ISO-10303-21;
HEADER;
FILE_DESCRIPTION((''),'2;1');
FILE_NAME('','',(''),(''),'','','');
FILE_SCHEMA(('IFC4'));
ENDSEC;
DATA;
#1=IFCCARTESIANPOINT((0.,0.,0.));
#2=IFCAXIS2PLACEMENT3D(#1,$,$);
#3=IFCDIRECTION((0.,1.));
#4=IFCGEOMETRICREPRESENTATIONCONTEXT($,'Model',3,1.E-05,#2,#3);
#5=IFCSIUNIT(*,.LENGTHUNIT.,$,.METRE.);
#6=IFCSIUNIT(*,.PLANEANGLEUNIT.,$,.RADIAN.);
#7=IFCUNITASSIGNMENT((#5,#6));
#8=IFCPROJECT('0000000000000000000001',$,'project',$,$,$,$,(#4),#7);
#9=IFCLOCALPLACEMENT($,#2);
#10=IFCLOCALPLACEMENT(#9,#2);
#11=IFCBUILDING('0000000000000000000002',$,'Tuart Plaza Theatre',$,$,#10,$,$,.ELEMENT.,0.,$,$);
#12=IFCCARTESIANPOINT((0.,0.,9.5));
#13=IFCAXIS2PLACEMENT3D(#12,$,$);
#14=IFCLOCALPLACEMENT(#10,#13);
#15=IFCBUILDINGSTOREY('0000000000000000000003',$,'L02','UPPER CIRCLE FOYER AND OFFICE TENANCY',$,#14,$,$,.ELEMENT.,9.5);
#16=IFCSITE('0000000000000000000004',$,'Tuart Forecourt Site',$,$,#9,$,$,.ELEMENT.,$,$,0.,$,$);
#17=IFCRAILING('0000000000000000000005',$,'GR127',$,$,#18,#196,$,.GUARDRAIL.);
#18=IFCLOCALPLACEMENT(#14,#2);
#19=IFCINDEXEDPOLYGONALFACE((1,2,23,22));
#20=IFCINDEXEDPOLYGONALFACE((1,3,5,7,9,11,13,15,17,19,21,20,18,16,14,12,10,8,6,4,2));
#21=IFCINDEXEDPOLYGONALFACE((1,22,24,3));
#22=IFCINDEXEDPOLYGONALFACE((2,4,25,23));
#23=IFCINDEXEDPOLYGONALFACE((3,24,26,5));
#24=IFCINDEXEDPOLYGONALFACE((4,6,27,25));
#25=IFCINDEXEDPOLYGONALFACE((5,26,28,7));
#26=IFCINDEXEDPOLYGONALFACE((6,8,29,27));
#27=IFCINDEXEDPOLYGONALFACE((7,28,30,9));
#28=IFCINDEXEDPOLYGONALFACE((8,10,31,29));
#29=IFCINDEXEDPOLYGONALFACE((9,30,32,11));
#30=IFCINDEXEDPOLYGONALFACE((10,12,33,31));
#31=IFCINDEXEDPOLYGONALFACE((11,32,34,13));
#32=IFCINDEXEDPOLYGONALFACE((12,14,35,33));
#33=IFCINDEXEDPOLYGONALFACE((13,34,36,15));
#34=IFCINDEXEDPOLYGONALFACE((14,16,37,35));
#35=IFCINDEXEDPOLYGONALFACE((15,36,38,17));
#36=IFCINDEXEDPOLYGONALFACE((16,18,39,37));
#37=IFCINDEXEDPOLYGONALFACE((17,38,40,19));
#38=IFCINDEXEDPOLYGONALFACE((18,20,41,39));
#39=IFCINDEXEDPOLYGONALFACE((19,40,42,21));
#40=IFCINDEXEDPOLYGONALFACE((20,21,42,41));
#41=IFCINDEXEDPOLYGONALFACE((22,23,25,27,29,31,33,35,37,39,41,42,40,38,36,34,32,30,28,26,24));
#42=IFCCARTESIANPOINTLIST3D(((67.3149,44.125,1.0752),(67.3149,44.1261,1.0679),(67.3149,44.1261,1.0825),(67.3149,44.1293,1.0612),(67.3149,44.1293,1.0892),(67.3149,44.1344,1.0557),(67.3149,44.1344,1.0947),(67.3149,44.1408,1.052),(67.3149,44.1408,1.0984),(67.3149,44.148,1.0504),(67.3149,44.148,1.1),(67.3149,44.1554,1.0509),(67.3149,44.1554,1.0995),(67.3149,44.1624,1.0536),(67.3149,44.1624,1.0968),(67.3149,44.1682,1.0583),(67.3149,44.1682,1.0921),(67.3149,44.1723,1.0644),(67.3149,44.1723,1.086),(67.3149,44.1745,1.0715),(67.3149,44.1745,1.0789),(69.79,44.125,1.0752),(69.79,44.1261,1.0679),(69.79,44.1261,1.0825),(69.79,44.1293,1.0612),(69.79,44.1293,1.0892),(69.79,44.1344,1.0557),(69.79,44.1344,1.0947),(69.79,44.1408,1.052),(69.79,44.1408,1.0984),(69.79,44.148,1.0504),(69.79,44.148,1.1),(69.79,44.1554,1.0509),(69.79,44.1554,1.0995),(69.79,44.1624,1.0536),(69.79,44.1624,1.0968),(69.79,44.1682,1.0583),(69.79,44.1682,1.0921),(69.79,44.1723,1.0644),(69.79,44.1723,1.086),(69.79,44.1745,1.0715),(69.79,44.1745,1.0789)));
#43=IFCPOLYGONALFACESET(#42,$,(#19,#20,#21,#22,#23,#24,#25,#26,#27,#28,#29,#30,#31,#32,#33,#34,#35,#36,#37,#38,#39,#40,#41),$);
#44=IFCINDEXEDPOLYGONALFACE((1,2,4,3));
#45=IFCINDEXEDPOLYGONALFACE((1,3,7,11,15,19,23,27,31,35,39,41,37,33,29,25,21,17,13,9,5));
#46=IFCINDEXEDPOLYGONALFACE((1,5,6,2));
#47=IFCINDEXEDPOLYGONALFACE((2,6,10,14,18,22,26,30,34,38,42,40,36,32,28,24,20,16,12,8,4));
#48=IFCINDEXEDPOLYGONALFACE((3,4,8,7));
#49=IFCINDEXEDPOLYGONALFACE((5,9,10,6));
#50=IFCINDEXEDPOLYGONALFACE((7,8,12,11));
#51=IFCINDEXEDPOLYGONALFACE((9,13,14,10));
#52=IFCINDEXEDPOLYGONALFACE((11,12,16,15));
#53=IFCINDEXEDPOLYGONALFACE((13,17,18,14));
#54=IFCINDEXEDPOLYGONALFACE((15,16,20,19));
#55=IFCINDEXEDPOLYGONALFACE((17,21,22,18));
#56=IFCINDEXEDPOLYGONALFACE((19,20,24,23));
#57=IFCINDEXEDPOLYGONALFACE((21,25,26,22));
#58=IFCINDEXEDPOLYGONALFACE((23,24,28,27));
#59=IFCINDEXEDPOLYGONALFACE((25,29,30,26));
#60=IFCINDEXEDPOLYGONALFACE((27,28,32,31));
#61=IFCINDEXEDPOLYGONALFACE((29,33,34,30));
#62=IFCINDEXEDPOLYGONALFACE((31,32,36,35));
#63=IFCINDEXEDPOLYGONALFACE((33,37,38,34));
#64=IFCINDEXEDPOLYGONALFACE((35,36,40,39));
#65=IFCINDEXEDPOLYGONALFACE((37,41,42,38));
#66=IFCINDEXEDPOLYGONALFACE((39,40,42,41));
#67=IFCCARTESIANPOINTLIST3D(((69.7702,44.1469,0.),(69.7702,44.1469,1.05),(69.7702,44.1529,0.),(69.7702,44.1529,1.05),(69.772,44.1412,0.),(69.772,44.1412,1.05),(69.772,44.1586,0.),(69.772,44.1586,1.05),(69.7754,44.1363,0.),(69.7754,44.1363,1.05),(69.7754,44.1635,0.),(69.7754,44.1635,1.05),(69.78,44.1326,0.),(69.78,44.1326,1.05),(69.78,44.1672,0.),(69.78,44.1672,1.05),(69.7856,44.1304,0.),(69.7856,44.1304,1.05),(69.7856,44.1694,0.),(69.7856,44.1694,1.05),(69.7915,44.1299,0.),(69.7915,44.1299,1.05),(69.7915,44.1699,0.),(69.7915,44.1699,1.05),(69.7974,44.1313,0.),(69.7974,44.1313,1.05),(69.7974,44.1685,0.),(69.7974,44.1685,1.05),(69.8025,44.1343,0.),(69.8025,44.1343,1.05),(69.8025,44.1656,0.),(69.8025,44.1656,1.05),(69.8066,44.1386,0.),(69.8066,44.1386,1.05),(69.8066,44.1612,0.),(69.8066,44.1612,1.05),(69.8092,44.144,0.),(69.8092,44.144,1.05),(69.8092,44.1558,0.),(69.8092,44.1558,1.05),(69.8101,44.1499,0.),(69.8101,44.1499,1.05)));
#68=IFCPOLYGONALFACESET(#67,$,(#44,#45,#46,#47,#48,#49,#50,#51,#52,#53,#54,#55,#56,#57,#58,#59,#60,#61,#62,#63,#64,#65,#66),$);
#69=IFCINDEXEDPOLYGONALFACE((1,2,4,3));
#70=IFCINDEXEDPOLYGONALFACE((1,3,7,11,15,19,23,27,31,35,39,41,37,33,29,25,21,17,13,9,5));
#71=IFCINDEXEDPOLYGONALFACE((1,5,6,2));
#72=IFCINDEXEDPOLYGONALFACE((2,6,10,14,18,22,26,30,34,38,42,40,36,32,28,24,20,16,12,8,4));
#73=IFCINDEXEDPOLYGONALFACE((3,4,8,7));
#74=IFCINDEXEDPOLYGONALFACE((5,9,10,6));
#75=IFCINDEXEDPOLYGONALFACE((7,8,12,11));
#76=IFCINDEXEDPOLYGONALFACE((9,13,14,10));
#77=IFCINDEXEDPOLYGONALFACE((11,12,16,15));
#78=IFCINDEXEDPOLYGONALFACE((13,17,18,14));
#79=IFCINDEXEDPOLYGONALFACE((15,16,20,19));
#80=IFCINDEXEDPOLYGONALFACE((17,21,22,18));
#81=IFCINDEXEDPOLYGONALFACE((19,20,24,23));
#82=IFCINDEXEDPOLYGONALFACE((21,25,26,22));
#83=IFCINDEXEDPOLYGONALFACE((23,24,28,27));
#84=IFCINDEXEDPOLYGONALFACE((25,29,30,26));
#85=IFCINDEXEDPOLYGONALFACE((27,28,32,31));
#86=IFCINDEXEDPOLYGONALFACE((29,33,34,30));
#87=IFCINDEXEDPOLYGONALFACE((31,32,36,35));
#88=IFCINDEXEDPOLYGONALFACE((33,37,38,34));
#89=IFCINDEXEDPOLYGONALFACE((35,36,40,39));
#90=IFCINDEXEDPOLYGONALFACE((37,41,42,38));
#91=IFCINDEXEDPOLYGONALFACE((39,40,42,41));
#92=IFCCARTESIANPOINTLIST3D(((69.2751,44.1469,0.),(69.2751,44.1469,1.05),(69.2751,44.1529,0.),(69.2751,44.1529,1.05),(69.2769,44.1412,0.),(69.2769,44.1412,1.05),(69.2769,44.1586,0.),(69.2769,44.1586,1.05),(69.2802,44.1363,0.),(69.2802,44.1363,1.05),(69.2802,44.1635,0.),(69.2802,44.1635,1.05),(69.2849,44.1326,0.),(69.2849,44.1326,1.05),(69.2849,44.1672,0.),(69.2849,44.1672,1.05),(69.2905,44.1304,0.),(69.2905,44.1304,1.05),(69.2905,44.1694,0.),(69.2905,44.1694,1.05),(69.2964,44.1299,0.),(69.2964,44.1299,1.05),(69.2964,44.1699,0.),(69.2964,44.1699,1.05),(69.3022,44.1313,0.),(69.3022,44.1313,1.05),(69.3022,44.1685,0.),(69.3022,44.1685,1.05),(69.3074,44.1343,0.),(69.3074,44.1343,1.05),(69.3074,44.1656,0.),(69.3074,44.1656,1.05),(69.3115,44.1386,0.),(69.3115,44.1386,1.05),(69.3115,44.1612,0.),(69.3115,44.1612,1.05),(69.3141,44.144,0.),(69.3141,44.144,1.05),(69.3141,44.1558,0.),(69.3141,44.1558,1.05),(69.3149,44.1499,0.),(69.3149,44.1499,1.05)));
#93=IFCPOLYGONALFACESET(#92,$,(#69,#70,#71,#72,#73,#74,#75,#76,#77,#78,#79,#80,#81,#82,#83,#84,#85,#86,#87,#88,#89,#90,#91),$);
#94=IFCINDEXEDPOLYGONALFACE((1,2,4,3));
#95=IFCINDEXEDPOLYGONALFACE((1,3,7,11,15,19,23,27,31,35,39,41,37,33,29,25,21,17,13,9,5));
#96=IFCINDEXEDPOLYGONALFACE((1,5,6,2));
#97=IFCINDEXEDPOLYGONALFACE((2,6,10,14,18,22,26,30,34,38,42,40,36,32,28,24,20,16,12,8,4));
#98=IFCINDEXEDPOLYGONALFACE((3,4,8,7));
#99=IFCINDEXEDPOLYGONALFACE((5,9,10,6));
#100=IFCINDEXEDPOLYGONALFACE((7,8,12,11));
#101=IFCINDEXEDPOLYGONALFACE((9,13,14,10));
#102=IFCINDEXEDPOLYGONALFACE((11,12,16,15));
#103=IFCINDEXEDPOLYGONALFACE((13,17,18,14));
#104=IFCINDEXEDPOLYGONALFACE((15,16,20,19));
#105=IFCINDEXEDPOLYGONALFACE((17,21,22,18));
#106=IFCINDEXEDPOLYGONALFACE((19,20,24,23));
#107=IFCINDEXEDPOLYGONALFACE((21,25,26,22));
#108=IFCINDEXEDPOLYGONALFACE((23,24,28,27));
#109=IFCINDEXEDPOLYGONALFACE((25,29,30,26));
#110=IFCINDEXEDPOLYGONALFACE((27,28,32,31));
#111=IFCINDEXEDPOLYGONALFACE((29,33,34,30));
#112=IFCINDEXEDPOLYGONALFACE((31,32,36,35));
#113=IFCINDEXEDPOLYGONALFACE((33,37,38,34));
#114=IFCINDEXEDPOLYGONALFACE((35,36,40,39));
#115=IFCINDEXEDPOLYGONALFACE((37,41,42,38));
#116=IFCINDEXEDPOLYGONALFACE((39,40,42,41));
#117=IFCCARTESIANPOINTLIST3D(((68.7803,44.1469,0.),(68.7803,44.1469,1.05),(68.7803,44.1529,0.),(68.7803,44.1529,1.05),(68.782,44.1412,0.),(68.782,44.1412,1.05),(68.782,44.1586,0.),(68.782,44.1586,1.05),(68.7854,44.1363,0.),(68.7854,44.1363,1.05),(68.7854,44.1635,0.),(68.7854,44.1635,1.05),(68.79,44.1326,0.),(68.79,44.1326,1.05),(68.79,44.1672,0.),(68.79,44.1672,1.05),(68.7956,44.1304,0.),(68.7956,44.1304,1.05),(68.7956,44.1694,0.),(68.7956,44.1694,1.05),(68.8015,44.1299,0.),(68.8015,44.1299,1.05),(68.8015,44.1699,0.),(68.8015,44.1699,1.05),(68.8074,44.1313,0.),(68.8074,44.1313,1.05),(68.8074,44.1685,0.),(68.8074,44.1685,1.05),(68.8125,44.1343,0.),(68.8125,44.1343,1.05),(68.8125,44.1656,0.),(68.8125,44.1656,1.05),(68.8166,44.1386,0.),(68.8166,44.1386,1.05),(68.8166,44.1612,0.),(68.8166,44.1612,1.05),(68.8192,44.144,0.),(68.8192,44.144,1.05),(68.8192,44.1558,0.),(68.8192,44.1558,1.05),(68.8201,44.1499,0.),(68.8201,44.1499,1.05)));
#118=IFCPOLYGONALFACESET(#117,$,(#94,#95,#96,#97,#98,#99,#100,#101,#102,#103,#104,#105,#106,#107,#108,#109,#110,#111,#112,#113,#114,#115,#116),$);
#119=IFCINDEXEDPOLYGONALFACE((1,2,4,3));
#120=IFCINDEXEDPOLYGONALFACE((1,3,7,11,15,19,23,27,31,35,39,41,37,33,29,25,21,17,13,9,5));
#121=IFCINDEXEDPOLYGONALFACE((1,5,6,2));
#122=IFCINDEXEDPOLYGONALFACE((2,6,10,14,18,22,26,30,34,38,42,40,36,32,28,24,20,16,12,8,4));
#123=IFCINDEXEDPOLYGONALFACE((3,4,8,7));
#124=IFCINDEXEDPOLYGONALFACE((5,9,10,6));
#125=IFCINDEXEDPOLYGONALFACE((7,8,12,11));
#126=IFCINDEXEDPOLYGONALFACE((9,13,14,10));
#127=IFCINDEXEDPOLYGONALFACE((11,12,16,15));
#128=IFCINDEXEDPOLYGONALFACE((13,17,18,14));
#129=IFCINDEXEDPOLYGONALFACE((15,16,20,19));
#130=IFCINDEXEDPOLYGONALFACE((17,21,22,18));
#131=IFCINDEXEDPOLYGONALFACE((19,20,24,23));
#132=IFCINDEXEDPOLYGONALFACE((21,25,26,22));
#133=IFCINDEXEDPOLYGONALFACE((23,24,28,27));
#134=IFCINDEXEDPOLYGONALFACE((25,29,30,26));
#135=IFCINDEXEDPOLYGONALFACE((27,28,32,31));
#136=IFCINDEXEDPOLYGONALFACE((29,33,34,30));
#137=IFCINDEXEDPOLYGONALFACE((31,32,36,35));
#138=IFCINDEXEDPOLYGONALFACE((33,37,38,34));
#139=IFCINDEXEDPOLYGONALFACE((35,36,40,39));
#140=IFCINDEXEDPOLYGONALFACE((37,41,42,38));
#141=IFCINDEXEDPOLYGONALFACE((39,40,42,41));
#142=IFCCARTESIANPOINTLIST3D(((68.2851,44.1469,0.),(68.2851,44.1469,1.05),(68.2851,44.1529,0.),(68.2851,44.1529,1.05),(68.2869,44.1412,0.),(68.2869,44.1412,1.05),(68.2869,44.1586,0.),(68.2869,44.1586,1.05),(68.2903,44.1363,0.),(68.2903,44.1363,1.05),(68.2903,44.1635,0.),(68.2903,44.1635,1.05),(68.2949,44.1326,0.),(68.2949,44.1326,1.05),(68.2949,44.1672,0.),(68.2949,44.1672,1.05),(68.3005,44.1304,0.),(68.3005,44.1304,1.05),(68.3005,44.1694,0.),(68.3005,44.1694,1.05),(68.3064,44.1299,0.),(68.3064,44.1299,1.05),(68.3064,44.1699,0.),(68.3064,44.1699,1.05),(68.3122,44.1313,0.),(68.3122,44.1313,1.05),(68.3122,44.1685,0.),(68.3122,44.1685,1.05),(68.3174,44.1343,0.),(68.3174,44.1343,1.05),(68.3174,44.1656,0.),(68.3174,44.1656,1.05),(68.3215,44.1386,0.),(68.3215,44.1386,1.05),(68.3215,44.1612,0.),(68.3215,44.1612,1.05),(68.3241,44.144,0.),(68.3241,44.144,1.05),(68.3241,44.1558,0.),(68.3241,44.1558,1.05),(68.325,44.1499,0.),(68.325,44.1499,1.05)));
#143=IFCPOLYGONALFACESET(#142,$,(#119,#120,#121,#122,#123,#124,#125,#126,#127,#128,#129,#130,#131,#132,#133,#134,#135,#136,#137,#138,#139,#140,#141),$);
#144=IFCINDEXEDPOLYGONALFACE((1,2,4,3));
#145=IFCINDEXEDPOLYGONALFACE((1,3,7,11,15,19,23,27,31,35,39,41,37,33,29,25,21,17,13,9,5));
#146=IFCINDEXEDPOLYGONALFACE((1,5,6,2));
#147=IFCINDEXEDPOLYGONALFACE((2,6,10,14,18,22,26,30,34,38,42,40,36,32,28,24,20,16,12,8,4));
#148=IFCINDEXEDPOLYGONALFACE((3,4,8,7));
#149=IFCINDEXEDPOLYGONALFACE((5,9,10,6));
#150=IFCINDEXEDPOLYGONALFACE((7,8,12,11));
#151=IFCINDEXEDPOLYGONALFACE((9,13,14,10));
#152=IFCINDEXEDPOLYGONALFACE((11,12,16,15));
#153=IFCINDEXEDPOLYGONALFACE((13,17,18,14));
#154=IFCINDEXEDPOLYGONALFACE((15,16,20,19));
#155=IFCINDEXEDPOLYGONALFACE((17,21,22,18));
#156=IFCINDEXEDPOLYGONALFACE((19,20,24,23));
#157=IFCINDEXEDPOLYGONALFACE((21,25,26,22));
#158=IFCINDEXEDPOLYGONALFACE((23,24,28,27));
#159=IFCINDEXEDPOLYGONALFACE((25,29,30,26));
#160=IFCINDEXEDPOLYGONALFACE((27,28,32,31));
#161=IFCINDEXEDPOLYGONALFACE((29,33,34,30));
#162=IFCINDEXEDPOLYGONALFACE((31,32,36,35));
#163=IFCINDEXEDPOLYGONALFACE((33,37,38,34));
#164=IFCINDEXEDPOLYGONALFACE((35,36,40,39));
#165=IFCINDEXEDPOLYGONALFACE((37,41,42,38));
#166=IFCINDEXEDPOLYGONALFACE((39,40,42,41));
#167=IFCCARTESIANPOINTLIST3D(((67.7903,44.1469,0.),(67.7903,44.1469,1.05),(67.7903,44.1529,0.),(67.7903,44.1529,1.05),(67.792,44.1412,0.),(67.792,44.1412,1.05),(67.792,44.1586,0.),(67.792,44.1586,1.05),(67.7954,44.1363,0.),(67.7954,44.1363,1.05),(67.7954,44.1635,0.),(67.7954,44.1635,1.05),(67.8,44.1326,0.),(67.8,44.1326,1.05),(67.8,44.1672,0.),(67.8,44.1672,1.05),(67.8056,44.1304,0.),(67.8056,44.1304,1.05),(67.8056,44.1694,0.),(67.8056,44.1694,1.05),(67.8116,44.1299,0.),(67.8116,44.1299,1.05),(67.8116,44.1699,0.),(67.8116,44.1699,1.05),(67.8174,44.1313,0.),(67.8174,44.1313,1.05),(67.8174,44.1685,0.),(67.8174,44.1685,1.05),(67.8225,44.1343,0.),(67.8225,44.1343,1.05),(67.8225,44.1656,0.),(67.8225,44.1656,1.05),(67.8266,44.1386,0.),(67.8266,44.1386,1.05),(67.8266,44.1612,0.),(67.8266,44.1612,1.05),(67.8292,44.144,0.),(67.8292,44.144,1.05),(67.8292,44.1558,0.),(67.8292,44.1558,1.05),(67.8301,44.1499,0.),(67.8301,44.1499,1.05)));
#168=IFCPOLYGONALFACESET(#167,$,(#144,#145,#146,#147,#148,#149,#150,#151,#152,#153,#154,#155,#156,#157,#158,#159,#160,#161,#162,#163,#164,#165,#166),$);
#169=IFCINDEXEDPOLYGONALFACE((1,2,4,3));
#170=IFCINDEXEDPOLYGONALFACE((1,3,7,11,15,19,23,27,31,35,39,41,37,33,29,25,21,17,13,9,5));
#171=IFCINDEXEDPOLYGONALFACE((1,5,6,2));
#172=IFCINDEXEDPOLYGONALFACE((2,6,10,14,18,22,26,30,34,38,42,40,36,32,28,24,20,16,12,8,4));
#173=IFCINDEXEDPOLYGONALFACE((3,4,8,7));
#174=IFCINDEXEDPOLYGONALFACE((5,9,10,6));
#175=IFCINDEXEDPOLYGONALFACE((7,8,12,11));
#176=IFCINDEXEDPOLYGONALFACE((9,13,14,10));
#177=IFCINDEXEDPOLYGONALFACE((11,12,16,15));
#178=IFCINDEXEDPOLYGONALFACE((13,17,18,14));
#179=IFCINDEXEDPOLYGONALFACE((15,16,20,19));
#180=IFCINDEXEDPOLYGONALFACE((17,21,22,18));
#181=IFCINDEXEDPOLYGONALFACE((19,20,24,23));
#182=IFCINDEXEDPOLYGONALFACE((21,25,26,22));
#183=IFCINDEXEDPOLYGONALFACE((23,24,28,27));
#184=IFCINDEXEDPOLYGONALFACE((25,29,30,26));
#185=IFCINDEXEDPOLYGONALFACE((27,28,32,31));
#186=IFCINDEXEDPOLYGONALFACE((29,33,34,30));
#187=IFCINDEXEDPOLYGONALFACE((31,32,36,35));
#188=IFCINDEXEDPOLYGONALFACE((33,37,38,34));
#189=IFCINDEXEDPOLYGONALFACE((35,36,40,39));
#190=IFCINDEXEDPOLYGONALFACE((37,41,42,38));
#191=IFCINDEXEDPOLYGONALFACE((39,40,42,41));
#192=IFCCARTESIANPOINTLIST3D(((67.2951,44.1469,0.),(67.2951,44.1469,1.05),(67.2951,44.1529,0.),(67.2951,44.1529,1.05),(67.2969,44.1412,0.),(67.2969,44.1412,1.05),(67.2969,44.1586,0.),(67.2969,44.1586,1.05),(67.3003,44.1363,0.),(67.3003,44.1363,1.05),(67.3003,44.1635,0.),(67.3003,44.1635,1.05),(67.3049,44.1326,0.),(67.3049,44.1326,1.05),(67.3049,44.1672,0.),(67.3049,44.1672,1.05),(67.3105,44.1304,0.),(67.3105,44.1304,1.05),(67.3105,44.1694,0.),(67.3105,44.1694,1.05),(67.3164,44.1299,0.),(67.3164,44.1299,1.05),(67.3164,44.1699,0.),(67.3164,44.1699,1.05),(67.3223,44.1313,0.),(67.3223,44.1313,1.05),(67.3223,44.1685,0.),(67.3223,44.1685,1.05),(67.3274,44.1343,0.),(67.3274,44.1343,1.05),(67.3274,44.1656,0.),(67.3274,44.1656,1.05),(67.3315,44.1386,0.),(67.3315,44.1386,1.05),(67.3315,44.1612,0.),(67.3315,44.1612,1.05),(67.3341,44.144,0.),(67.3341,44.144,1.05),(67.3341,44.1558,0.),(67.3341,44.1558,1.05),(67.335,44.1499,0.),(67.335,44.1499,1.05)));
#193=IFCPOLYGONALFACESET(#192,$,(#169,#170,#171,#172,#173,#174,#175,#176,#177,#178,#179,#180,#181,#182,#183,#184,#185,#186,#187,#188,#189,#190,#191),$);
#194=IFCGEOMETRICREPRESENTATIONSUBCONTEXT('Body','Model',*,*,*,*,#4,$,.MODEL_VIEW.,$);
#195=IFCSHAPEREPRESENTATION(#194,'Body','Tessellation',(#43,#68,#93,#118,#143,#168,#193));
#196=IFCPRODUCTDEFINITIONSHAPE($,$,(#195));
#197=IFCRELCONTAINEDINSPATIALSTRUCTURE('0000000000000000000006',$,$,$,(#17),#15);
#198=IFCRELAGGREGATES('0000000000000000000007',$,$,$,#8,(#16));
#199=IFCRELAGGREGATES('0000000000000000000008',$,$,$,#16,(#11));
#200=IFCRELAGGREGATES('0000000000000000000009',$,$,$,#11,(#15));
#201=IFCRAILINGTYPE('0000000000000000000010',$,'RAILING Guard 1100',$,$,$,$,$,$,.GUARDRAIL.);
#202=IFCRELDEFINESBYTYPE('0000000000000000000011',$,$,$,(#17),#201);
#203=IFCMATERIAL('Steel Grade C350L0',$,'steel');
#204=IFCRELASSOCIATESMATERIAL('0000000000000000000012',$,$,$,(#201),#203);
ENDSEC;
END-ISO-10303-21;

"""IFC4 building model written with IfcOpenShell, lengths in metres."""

from ifc_helpers import new_model, si_unit, direction, frame, origin, origin_2d, place, context, subcontext, project, spatial, circle, extrude, material, type_object, element, save


model = new_model("IFC4")

# Units and contexts
model_context = context("Model", 3, precision=1e-05, world=origin(), true_north=direction((0.0, 1.0)))
body_context = subcontext(model_context, "Body", "Model", "MODEL_VIEW")
ifc_project = project(units=[si_unit("LENGTHUNIT", "METRE"), si_unit("PLANEANGLEUNIT", "RADIAN")], contexts=[model_context])

# Site, building, storey
site_placement = place(None, origin())
site = spatial("IfcSite", under=ifc_project, at=site_placement, Name="Tuart Forecourt Site", CompositionType="ELEMENT", RefElevation=0.0)
building_placement = place(site_placement, origin())
building = spatial("IfcBuilding", under=site, at=building_placement, Name="Tuart Plaza Theatre", CompositionType="ELEMENT", ElevationOfRefHeight=0.0)
storey_placement = place(building_placement, frame((0.0, 0.0, 9.5)))
storey = spatial("IfcBuildingStorey", under=building, at=storey_placement, Name="L02", Description="UPPER CIRCLE FOYER AND OFFICE TENANCY", CompositionType="ELEMENT", Elevation=9.5)

# Railing
ifc_material_1 = material(Name="Steel Grade C350L0", Category="steel")
railing_type_1 = type_object("IfcRailingType", Name="RAILING Guard 1100", PredefinedType="GUARDRAIL", material=ifc_material_1)
railing_1_placement = place(storey_placement, frame((69.79, 44.1499, 0.0)))
element("IfcRailing", 1, at=railing_1_placement, inside=storey, type_object=railing_type_1, Name="GR127", PredefinedType="GUARDRAIL", context=body_context, shape_type="SweptSolid", body=[
    extrude(circle(Radius=0.0249, at=origin_2d()), frame((0.0, 0.0, 1.0752), z_axis=(-1.0, 0.0, 0.0), x_axis=(0.0, -1.0, 0.0)), (0.0, 0.0, 1.0), 2.4751),
    extrude(circle(Radius=0.02, at=origin_2d()), origin(), (0.0, 0.0, 1.0), 1.05),
    extrude(circle(Radius=0.02, at=origin_2d()), frame((-0.4951, 0.0, 0.0)), (0.0, 0.0, 1.0), 1.05),
    extrude(circle(Radius=0.02, at=origin_2d()), frame((-0.99, 0.0, 0.0)), (0.0, 0.0, 1.0), 1.05),
    extrude(circle(Radius=0.02, at=origin_2d()), frame((-1.4851, 0.0, 0.0)), (0.0, 0.0, 1.0), 1.05),
    extrude(circle(Radius=0.02, at=origin_2d()), frame((-1.98, 0.0, 0.0)), (0.0, 0.0, 1.0), 1.05),
    extrude(circle(Radius=0.02, at=origin_2d()), frame((-2.4751, 0.0, 0.0)), (0.0, 0.0, 1.0), 1.05),
])

save(model, "model.ifc")
